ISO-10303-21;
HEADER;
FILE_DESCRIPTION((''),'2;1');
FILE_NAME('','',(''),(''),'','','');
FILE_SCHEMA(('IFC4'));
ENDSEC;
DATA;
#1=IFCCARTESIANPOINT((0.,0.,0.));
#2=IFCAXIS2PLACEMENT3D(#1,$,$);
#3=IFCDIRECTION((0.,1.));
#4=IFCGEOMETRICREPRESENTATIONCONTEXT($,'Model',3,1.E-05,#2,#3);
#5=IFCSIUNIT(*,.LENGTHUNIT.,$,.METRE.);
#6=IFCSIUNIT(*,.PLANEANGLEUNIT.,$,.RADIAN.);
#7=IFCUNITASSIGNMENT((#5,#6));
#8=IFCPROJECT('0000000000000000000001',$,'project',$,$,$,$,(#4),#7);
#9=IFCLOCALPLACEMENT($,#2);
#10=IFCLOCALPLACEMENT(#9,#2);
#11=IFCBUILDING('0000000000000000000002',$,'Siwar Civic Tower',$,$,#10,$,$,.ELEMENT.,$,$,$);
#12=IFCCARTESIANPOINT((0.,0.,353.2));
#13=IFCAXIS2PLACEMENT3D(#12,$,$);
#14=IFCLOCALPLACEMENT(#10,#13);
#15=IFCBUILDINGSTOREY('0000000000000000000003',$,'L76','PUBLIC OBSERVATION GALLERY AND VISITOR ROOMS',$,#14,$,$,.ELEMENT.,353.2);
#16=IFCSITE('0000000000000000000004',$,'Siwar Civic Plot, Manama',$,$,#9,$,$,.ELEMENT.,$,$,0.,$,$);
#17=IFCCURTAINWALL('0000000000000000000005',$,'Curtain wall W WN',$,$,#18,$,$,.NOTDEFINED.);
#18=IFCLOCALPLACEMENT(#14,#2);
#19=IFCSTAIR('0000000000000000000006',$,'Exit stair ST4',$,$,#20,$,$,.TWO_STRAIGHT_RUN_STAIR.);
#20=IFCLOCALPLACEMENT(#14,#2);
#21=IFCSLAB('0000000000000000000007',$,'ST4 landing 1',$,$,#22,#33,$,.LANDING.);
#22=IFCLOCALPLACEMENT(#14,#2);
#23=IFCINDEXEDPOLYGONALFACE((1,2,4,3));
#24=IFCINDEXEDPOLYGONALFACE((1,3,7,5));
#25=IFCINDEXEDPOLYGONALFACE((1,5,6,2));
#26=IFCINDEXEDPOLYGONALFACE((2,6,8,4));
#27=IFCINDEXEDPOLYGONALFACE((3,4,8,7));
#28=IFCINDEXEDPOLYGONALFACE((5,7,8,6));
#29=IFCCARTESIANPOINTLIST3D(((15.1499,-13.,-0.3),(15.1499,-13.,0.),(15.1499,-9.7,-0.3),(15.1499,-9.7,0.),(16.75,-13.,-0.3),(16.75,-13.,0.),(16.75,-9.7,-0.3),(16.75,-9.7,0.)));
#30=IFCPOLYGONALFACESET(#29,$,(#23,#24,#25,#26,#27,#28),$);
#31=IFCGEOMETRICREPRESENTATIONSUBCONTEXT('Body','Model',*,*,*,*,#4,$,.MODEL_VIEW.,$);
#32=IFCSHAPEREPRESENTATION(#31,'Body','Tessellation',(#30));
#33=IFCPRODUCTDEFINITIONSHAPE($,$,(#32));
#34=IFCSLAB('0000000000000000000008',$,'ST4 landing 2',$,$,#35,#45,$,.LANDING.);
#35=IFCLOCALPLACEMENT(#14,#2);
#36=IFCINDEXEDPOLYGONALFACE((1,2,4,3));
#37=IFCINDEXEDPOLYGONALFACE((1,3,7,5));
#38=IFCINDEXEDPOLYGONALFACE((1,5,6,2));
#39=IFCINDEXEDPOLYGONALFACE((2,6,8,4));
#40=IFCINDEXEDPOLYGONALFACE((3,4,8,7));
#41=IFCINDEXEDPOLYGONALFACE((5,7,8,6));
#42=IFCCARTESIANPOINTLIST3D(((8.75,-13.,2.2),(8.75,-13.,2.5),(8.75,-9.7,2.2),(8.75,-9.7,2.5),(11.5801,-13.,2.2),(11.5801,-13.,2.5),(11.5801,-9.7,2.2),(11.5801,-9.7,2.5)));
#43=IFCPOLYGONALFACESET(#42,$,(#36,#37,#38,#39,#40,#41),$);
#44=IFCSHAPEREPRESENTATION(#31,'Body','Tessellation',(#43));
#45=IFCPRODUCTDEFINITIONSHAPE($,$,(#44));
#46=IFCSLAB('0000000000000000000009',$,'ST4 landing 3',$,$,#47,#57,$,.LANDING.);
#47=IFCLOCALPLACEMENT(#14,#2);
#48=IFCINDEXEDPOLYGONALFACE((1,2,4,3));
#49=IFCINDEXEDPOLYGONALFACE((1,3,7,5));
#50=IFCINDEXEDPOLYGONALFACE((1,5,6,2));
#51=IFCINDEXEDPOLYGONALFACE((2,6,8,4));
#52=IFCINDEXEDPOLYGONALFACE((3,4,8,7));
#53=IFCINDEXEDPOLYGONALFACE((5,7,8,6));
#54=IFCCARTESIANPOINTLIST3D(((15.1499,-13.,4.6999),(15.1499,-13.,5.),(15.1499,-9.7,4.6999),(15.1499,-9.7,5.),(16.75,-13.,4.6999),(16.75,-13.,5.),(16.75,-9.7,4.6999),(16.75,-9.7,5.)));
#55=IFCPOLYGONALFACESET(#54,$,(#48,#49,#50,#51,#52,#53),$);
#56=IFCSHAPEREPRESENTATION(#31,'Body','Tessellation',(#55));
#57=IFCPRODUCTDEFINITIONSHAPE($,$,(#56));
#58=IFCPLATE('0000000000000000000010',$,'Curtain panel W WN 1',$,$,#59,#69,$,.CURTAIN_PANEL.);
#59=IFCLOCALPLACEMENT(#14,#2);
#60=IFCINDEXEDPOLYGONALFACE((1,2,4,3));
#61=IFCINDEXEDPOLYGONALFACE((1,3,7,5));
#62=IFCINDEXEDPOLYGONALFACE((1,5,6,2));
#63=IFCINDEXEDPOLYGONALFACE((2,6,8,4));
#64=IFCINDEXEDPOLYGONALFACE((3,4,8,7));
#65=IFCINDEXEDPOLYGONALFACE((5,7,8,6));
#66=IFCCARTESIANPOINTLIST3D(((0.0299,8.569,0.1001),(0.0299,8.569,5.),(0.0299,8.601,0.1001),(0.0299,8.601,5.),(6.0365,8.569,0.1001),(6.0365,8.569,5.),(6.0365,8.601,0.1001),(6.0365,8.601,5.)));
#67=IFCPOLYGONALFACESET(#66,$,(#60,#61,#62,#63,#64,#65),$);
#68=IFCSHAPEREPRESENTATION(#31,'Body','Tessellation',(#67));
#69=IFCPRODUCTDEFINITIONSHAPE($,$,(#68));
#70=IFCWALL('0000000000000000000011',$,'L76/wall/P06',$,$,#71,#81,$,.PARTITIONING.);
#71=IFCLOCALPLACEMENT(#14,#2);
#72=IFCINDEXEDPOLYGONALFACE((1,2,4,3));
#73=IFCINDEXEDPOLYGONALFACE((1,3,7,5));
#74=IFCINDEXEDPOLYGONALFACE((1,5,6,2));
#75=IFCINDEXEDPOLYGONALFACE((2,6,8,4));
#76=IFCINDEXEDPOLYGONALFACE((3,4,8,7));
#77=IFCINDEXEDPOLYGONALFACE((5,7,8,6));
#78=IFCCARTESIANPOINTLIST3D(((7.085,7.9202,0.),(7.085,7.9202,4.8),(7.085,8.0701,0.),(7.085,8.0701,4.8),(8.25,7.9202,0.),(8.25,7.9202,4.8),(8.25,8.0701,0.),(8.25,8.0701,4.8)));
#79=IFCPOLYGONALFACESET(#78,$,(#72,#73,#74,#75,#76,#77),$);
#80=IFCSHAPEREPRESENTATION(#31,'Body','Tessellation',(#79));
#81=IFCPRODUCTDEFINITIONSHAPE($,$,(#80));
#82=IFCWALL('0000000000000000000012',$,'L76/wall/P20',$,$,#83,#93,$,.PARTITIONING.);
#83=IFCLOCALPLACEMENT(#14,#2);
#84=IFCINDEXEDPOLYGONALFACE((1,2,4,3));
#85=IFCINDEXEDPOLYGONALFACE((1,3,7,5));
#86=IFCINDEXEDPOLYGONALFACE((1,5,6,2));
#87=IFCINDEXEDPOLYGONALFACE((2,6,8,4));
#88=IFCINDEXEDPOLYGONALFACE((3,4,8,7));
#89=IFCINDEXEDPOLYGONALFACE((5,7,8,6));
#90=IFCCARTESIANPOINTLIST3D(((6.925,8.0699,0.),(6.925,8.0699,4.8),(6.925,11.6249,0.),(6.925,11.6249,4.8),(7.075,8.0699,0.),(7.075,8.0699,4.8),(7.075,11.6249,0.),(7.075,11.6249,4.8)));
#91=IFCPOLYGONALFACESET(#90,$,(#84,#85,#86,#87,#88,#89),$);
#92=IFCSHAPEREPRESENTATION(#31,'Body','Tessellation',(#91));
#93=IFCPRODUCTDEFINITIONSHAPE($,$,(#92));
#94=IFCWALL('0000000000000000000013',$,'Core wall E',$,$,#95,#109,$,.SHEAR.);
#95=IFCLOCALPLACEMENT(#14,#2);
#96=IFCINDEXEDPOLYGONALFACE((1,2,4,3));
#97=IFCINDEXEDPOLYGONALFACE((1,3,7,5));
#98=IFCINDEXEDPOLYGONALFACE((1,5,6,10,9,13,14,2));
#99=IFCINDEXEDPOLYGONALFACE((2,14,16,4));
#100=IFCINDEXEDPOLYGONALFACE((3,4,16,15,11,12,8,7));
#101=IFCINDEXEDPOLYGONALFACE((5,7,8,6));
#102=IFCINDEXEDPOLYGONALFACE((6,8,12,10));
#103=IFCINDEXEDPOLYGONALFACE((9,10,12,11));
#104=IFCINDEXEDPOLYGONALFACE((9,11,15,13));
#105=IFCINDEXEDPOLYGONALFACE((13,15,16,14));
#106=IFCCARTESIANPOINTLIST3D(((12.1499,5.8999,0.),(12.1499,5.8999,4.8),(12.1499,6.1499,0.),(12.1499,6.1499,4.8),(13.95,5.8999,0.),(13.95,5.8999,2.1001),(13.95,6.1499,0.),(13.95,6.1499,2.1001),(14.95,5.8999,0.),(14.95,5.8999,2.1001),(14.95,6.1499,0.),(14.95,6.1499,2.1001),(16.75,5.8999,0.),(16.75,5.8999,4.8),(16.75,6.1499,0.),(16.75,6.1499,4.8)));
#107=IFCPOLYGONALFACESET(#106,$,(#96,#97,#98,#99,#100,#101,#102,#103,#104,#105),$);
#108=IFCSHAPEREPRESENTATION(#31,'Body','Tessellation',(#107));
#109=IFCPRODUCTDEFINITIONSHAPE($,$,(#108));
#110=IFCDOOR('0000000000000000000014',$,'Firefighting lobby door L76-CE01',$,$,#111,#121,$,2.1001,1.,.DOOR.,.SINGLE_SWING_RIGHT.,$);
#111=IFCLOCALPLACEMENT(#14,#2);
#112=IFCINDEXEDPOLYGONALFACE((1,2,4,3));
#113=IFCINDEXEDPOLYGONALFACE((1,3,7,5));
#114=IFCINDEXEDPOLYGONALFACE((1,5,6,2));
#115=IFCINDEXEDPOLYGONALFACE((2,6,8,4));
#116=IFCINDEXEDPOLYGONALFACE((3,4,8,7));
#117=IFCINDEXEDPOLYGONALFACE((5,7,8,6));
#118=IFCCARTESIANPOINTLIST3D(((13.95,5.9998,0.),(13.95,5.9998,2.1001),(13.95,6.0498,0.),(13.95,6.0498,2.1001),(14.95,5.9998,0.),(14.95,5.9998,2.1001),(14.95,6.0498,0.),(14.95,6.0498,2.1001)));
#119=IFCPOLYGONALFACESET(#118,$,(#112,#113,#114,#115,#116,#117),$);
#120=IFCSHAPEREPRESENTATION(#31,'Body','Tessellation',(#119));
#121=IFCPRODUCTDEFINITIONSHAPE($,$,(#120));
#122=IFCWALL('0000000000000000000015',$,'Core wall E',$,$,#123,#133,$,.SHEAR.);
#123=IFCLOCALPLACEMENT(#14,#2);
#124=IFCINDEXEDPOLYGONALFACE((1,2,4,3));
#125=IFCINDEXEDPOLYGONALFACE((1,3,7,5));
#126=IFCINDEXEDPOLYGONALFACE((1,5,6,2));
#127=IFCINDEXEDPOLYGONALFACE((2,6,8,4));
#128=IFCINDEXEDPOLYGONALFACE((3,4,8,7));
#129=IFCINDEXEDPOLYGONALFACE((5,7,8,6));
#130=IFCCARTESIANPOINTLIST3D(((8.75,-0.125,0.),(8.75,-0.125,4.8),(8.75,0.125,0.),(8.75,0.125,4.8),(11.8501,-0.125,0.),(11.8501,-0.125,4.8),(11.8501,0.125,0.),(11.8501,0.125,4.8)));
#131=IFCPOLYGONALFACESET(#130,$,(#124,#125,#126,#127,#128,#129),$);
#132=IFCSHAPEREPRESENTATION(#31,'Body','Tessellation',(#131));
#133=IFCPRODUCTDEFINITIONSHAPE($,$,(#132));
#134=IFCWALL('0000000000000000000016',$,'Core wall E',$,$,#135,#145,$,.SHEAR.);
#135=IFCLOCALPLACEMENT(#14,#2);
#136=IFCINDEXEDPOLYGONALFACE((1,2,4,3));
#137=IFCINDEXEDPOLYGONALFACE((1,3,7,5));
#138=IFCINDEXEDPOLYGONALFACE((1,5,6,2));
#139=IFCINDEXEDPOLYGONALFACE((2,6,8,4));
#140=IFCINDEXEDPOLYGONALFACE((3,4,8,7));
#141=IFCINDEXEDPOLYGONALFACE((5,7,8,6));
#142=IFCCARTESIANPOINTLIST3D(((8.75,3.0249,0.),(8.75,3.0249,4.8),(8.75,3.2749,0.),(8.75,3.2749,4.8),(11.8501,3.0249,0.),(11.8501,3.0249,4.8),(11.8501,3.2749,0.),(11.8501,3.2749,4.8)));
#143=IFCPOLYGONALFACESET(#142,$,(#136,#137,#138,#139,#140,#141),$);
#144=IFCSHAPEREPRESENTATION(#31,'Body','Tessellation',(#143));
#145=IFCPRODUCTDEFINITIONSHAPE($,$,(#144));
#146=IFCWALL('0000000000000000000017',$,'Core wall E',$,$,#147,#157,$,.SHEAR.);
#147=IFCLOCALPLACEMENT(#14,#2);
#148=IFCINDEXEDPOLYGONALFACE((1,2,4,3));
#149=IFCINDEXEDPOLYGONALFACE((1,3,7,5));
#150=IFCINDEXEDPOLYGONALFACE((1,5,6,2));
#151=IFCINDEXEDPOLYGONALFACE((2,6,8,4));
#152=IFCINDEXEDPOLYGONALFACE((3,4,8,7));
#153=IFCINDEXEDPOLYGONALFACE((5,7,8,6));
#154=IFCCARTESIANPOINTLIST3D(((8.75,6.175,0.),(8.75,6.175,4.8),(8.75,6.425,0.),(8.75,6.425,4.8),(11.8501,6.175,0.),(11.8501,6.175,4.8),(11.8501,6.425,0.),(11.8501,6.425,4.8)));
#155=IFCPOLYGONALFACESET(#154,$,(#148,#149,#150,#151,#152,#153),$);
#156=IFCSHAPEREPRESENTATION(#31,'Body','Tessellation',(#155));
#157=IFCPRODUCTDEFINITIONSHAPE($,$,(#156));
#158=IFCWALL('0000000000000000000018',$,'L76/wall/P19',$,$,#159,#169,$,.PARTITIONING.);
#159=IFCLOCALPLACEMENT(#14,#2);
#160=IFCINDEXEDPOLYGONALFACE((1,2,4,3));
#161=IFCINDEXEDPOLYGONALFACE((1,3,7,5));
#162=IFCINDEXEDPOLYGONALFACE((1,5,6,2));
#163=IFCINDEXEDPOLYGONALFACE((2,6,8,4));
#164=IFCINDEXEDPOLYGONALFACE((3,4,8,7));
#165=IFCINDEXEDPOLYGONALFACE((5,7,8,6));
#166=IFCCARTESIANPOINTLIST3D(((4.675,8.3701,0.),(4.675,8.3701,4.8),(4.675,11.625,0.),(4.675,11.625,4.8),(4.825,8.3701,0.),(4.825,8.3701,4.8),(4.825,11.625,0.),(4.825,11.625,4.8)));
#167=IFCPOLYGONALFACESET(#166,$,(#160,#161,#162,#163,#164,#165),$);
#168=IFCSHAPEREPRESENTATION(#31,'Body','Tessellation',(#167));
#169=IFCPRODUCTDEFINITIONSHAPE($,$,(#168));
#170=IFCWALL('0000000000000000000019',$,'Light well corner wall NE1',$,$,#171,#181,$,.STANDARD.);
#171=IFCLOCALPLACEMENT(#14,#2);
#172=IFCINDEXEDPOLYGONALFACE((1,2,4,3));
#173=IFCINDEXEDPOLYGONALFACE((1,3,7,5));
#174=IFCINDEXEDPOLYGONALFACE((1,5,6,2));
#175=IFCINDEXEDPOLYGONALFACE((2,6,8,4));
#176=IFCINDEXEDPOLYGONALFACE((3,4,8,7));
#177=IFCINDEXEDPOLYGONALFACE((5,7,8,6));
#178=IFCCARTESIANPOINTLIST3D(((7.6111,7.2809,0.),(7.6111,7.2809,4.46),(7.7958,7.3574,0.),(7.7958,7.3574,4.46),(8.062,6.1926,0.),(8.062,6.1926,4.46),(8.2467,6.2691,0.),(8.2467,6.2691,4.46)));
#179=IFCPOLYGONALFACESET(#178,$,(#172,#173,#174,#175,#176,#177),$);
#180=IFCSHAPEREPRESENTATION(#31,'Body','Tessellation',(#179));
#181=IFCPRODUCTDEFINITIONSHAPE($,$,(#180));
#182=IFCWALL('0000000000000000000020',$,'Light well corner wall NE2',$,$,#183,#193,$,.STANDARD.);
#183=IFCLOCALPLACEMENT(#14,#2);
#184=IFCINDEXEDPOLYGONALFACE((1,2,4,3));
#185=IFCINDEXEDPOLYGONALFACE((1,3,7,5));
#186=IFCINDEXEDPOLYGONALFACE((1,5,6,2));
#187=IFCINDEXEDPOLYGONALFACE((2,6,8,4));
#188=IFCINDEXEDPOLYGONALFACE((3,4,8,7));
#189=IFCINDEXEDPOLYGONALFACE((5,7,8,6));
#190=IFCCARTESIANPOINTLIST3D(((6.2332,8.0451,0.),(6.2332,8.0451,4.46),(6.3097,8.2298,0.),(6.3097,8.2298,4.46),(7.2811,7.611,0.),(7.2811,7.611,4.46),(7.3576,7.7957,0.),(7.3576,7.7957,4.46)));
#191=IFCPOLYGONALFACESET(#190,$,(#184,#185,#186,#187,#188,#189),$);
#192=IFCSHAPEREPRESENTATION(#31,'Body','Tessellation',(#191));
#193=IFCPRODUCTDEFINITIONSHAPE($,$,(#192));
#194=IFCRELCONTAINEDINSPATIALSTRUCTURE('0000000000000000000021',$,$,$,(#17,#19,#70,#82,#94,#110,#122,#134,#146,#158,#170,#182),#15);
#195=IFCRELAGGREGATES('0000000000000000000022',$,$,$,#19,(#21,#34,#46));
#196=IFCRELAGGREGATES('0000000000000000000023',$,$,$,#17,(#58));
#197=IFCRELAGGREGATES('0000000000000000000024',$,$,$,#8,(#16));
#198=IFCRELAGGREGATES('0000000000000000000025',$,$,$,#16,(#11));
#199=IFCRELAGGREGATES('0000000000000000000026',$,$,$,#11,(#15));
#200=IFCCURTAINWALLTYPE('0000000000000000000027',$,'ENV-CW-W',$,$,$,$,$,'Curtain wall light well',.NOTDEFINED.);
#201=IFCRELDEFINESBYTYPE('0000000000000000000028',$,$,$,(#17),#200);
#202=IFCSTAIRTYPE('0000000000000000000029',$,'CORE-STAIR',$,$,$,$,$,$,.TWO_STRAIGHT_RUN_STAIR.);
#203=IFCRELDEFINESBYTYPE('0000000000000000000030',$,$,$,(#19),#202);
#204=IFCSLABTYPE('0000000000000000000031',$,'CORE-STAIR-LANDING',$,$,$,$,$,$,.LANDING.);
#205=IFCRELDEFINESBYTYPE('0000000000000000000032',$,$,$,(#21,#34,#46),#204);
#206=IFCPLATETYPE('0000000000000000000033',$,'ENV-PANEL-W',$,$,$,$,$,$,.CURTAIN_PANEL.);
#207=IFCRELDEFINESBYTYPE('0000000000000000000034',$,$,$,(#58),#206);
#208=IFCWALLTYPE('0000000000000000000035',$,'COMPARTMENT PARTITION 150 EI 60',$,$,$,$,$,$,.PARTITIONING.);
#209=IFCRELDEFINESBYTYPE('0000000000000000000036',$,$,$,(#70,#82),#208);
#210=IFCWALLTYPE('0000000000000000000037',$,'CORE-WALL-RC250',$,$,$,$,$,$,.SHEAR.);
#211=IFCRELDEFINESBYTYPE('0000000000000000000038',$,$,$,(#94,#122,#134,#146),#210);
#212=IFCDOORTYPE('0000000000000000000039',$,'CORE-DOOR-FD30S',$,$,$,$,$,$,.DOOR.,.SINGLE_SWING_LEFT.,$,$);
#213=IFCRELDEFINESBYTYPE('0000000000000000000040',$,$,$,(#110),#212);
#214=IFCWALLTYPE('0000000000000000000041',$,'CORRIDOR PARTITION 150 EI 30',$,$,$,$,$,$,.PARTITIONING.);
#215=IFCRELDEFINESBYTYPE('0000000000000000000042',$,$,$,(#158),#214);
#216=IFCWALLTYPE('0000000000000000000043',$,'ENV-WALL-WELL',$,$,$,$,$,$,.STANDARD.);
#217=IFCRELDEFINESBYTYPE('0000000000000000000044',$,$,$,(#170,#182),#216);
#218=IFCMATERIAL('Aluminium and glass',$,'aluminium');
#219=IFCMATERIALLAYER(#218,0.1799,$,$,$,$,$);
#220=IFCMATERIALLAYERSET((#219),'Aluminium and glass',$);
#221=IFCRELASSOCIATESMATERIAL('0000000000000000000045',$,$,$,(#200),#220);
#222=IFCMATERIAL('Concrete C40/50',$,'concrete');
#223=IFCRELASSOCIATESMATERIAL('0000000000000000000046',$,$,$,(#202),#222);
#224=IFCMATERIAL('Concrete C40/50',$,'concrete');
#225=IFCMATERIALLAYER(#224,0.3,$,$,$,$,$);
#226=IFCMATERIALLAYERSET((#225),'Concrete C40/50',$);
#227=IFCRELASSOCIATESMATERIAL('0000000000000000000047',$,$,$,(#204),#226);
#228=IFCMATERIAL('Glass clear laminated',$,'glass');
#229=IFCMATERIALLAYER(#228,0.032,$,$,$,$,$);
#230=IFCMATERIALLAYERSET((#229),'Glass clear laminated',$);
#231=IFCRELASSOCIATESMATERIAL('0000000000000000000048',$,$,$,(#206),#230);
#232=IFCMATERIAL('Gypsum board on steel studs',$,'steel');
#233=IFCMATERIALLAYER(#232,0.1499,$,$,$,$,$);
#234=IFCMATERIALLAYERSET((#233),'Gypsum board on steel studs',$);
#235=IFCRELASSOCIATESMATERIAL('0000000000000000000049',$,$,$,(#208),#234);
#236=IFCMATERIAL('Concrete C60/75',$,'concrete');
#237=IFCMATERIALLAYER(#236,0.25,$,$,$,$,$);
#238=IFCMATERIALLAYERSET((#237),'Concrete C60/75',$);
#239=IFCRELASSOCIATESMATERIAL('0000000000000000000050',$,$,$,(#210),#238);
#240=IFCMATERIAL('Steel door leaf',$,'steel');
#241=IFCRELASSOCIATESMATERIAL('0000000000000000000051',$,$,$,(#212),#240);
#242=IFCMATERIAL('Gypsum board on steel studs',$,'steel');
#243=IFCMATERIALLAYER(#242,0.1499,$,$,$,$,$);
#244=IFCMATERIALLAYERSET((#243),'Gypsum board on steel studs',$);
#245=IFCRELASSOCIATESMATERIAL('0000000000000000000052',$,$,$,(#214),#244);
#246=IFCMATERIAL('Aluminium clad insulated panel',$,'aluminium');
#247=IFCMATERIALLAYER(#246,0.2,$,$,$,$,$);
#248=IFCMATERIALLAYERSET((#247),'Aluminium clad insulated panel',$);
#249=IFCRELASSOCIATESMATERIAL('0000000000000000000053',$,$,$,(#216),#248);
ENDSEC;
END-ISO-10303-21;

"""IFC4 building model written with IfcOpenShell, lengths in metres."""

from ifc_helpers import new_model, si_unit, direction, frame, frame_2d, origin, origin_2d, place, context, subcontext, project, spatial, polyline, rectangle, outline, extrude, material, layer, layer_set, type_object, element, fill, aggregate, save


model = new_model("IFC4")

# Units and contexts
model_context = context("Model", 3, precision=1e-05, world=origin(), true_north=direction((0.0, 1.0)))
body_context = subcontext(model_context, "Body", "Model", "MODEL_VIEW")
ifc_project = project(units=[si_unit("LENGTHUNIT", "METRE"), si_unit("PLANEANGLEUNIT", "RADIAN")], contexts=[model_context])

# Site, building, storey
site_placement = place(None, origin())
site = spatial("IfcSite", under=ifc_project, at=site_placement, Name="Siwar Civic Plot, Manama", CompositionType="ELEMENT", RefElevation=0.0)
building_placement = place(site_placement, origin())
building = spatial("IfcBuilding", under=site, at=building_placement, Name="Siwar Civic Tower", CompositionType="ELEMENT")
storey_placement = place(building_placement, frame((0.0, 0.0, 353.2)))
storey = spatial("IfcBuildingStorey", under=building, at=storey_placement, Name="L76", Description="PUBLIC OBSERVATION GALLERY AND VISITOR ROOMS", CompositionType="ELEMENT", Elevation=353.2)

# Curtain wall
ifc_material_1 = material(Name="Aluminium and glass", Category="aluminium")
ifc_layer_1 = layer(ifc_material_1, 0.1799)
ifc_layer_set_1 = layer_set([ifc_layer_1], Name="Aluminium and glass")
curtain_wall_type = type_object("IfcCurtainWallType", Name="ENV-CW-W", ElementType="Curtain wall light well", PredefinedType="NOTDEFINED", material=ifc_layer_set_1)
curtain_wall_placement = place(storey_placement, origin())
curtain_wall = element("IfcCurtainWall", 1, at=curtain_wall_placement, inside=storey, type_object=curtain_wall_type, Name="Curtain wall W WN", PredefinedType="NOTDEFINED")

# Stair, slabs
ifc_material_2 = material(Name="Concrete C40/50", Category="concrete")
stair_type = type_object("IfcStairType", Name="CORE-STAIR", PredefinedType="TWO_STRAIGHT_RUN_STAIR", material=ifc_material_2)
stair_placement = place(storey_placement, origin())
stair = element("IfcStair", 2, at=stair_placement, inside=storey, type_object=stair_type, Name="Exit stair ST4", PredefinedType="TWO_STRAIGHT_RUN_STAIR")
ifc_material_3 = material(Name="Concrete C40/50", Category="concrete")
ifc_layer_2 = layer(ifc_material_3, 0.3)
ifc_layer_set_2 = layer_set([ifc_layer_2], Name="Concrete C40/50")
slab_type = type_object("IfcSlabType", Name="CORE-STAIR-LANDING", PredefinedType="LANDING", material=ifc_layer_set_2)
slab_1_placement = place(storey_placement, frame((0.0, 0.0, -0.3)))
slab_1 = element("IfcSlab", 3, at=slab_1_placement, type_object=slab_type, Name="ST4 landing 1", PredefinedType="LANDING", context=body_context, shape_type="SweptSolid", body=[
    extrude(outline(polyline([(15.1499, -13.0), (16.75, -13.0), (16.75, -9.7), (15.1499, -9.7), (15.1499, -13.0)])), origin(), (0.0, 0.0, 1.0), 0.3),
])
slab_2_placement = place(storey_placement, frame((0.0, 0.0, 2.2)))
slab_2 = element("IfcSlab", 4, at=slab_2_placement, type_object=slab_type, Name="ST4 landing 2", PredefinedType="LANDING", context=body_context, shape_type="SweptSolid", body=[
    extrude(outline(polyline([(8.75, -13.0), (11.5801, -13.0), (11.5801, -9.7), (8.75, -9.7), (8.75, -13.0)])), origin(), (0.0, 0.0, 1.0), 0.3),
])
placement = place(building_placement, frame((0.0, 0.0, 358.2)))
slab_3_placement = place(placement, frame((0.0, 0.0, -0.3)))
slab_3 = element("IfcSlab", 5, at=slab_3_placement, type_object=slab_type, Name="ST4 landing 3", PredefinedType="LANDING", context=body_context, shape_type="SweptSolid", body=[
    extrude(outline(polyline([(15.1499, -13.0), (16.75, -13.0), (16.75, -9.7), (15.1499, -9.7), (15.1499, -13.0)])), origin(), (0.0, 0.0, 1.0), 0.3),
])
aggregate(stair, [slab_1, slab_2, slab_3])

# Plate
ifc_material_4 = material(Name="Glass clear laminated", Category="glass")
ifc_layer_3 = layer(ifc_material_4, 0.032)
ifc_layer_set_3 = layer_set([ifc_layer_3], Name="Glass clear laminated")
plate_type = type_object("IfcPlateType", Name="ENV-PANEL-W", PredefinedType="CURTAIN_PANEL", material=ifc_layer_set_3)
plate_placement = place(storey_placement, frame((3.0332, 8.585, 0.1001), z_axis=(0.0, 0.0, 1.0), x_axis=(-1.0, 0.0, 0.0)))
plate = element("IfcPlate", 6, at=plate_placement, type_object=plate_type, Name="Curtain panel W WN 1", PredefinedType="CURTAIN_PANEL", context=body_context, shape_type="SweptSolid", body=[
    extrude(rectangle(XDim=6.0066, YDim=0.032, at=origin_2d()), origin(), (0.0, 0.0, 1.0), 4.8999),
])
aggregate(curtain_wall, [plate])

# Walls
ifc_material_5 = material(Name="Gypsum board on steel studs", Category="steel")
ifc_layer_4 = layer(ifc_material_5, 0.1499)
ifc_layer_set_4 = layer_set([ifc_layer_4], Name="Gypsum board on steel studs")
wall_type_1 = type_object("IfcWallType", Name="COMPARTMENT PARTITION 150 EI 60", PredefinedType="PARTITIONING", material=ifc_layer_set_4)
wall_1_placement = place(storey_placement, frame((7.085, 7.9951, 0.0), z_axis=(0.0, 0.0, 1.0), x_axis=(1.0, 0.0, 0.0)))
element("IfcWall", 7, at=wall_1_placement, inside=storey, type_object=wall_type_1, Name="L76/wall/P06", PredefinedType="PARTITIONING", context=body_context, shape_type="SweptSolid", body=[
    extrude(rectangle(XDim=1.165, YDim=0.1499, at=frame_2d((0.5825, 0.0))), origin(), (0.0, 0.0, 1.0), 4.8),
])
wall_2_placement = place(storey_placement, frame((7.0, 8.0701, 0.0), z_axis=(0.0, 0.0, 1.0), x_axis=(0.0, 1.0, 0.0)))
element("IfcWall", 8, at=wall_2_placement, inside=storey, type_object=wall_type_1, Name="L76/wall/P20", PredefinedType="PARTITIONING", context=body_context, shape_type="SweptSolid", body=[
    extrude(rectangle(XDim=3.5549, YDim=0.1499, at=frame_2d((1.7773, 0.0))), origin(), (0.0, 0.0, 1.0), 4.8),
])

# Wall, opening, door
ifc_material_6 = material(Name="Concrete C60/75", Category="concrete")
ifc_layer_5 = layer(ifc_material_6, 0.25)
ifc_layer_set_5 = layer_set([ifc_layer_5], Name="Concrete C60/75")
wall_type_2 = type_object("IfcWallType", Name="CORE-WALL-RC250", PredefinedType="SHEAR", material=ifc_layer_set_5)
wall_3_placement = place(storey_placement, frame((12.1499, 6.0249, 0.0), z_axis=(0.0, 0.0, 1.0), x_axis=(1.0, 0.0, 0.0)))
wall_3 = element("IfcWall", 9, at=wall_3_placement, inside=storey, type_object=wall_type_2, Name="Core wall E", PredefinedType="SHEAR", context=body_context, shape_type="SweptSolid", body=[
    extrude(rectangle(XDim=4.6001, YDim=0.25, at=frame_2d((2.3, 0.0))), origin(), (0.0, 0.0, 1.0), 4.8),
])
opening_placement = place(wall_3_placement, frame((1.8, 0.0, 0.0)))
opening = element("IfcOpeningElement", 10, at=opening_placement, cuts=wall_3, PredefinedType="OPENING", context=body_context, shape_type="SweptSolid", body=[
    extrude(rectangle(XDim=1.0, YDim=2.1001, at=frame_2d((0.5, 1.05))), frame((0.0, 0.135, 0.0), z_axis=(0.0, -1.0, 0.0), x_axis=(1.0, 0.0, 0.0)), (0.0, 0.0, 1.0), 0.27),
])
ifc_material_7 = material(Name="Steel door leaf", Category="steel")
door_type = type_object("IfcDoorType", Name="CORE-DOOR-FD30S", OperationType="SINGLE_SWING_LEFT", PredefinedType="DOOR", material=ifc_material_7)
door_placement = place(opening_placement, origin())
door = element("IfcDoor", 11, at=door_placement, inside=storey, type_object=door_type, Name="Firefighting lobby door L76-CE01", OperationType="SINGLE_SWING_RIGHT", OverallHeight=2.1001, OverallWidth=1.0, PredefinedType="DOOR", context=body_context, shape_type="SweptSolid", body=[
    extrude(rectangle(XDim=1.0, YDim=2.1001, at=frame_2d((0.5, 1.05))), frame((0.0, 0.0249, 0.0), z_axis=(0.0, -1.0, 0.0), x_axis=(1.0, 0.0, 0.0)), (0.0, 0.0, 1.0), 0.05),
])
fill(opening, door)

# Walls
for number, where, z_axis, x_axis, name in (
    (12, (8.75, 0.0, 0.0), (0.0, 0.0, 1.0), (1.0, 0.0, 0.0), "Core wall E"),
    (13, (8.75, 3.1499, 0.0), (0.0, 0.0, 1.0), (1.0, 0.0, 0.0), "Core wall E"),
    (14, (8.75, 6.3, 0.0), (0.0, 0.0, 1.0), (1.0, 0.0, 0.0), "Core wall E"),
):
    element("IfcWall", number, at=place(storey_placement, frame(where, z_axis=z_axis, x_axis=x_axis)), inside=storey, type_object=wall_type_2, Name=name, PredefinedType="SHEAR", context=body_context, shape_type="SweptSolid", body=[
        extrude(rectangle(XDim=3.1001, YDim=0.25, at=frame_2d((1.55, 0.0))), origin(), (0.0, 0.0, 1.0), 4.8),
    ])
ifc_material_8 = material(Name="Gypsum board on steel studs", Category="steel")
ifc_layer_6 = layer(ifc_material_8, 0.1499)
ifc_layer_set_6 = layer_set([ifc_layer_6], Name="Gypsum board on steel studs")
wall_type_3 = type_object("IfcWallType", Name="CORRIDOR PARTITION 150 EI 30", PredefinedType="PARTITIONING", material=ifc_layer_set_6)
wall_4_placement = place(storey_placement, frame((4.75, 8.3701, 0.0), z_axis=(0.0, 0.0, 1.0), x_axis=(0.0, 1.0, 0.0)))
element("IfcWall", 15, at=wall_4_placement, inside=storey, type_object=wall_type_3, Name="L76/wall/P19", PredefinedType="PARTITIONING", context=body_context, shape_type="SweptSolid", body=[
    extrude(rectangle(XDim=3.2549, YDim=0.1499, at=frame_2d((1.6274, 0.0))), origin(), (0.0, 0.0, 1.0), 4.8),
])
ifc_material_9 = material(Name="Aluminium clad insulated panel", Category="aluminium")
ifc_layer_7 = layer(ifc_material_9, 0.2)
ifc_layer_set_7 = layer_set([ifc_layer_7], Name="Aluminium clad insulated panel")
wall_type_4 = type_object("IfcWallType", Name="ENV-WALL-WELL", PredefinedType="STANDARD", material=ifc_layer_set_7)
wall_5_placement = place(storey_placement, frame((8.1543, 6.231, 0.0), z_axis=(0.0, 0.0, 1.0), x_axis=(-0.382761, 0.923848, 0.0)))
element("IfcWall", 16, at=wall_5_placement, inside=storey, type_object=wall_type_4, Name="Light well corner wall NE1", PredefinedType="STANDARD", context=body_context, shape_type="SweptSolid", body=[
    extrude(rectangle(XDim=1.178, YDim=0.2, at=frame_2d((0.5889, 0.0))), origin(), (0.0, 0.0, 1.0), 4.46),
])
wall_6_placement = place(storey_placement, frame((7.3193, 7.7034, 0.0), z_axis=(0.0, 0.0, 1.0), x_axis=(-0.923865, 0.382719, 0.0)))
element("IfcWall", 17, at=wall_6_placement, inside=storey, type_object=wall_type_4, Name="Light well corner wall NE2", PredefinedType="STANDARD", context=body_context, shape_type="SweptSolid", body=[
    extrude(rectangle(XDim=1.1343, YDim=0.2, at=frame_2d((0.5671, 0.0))), origin(), (0.0, 0.0, 1.0), 4.46),
])

save(model, "model.ifc")
